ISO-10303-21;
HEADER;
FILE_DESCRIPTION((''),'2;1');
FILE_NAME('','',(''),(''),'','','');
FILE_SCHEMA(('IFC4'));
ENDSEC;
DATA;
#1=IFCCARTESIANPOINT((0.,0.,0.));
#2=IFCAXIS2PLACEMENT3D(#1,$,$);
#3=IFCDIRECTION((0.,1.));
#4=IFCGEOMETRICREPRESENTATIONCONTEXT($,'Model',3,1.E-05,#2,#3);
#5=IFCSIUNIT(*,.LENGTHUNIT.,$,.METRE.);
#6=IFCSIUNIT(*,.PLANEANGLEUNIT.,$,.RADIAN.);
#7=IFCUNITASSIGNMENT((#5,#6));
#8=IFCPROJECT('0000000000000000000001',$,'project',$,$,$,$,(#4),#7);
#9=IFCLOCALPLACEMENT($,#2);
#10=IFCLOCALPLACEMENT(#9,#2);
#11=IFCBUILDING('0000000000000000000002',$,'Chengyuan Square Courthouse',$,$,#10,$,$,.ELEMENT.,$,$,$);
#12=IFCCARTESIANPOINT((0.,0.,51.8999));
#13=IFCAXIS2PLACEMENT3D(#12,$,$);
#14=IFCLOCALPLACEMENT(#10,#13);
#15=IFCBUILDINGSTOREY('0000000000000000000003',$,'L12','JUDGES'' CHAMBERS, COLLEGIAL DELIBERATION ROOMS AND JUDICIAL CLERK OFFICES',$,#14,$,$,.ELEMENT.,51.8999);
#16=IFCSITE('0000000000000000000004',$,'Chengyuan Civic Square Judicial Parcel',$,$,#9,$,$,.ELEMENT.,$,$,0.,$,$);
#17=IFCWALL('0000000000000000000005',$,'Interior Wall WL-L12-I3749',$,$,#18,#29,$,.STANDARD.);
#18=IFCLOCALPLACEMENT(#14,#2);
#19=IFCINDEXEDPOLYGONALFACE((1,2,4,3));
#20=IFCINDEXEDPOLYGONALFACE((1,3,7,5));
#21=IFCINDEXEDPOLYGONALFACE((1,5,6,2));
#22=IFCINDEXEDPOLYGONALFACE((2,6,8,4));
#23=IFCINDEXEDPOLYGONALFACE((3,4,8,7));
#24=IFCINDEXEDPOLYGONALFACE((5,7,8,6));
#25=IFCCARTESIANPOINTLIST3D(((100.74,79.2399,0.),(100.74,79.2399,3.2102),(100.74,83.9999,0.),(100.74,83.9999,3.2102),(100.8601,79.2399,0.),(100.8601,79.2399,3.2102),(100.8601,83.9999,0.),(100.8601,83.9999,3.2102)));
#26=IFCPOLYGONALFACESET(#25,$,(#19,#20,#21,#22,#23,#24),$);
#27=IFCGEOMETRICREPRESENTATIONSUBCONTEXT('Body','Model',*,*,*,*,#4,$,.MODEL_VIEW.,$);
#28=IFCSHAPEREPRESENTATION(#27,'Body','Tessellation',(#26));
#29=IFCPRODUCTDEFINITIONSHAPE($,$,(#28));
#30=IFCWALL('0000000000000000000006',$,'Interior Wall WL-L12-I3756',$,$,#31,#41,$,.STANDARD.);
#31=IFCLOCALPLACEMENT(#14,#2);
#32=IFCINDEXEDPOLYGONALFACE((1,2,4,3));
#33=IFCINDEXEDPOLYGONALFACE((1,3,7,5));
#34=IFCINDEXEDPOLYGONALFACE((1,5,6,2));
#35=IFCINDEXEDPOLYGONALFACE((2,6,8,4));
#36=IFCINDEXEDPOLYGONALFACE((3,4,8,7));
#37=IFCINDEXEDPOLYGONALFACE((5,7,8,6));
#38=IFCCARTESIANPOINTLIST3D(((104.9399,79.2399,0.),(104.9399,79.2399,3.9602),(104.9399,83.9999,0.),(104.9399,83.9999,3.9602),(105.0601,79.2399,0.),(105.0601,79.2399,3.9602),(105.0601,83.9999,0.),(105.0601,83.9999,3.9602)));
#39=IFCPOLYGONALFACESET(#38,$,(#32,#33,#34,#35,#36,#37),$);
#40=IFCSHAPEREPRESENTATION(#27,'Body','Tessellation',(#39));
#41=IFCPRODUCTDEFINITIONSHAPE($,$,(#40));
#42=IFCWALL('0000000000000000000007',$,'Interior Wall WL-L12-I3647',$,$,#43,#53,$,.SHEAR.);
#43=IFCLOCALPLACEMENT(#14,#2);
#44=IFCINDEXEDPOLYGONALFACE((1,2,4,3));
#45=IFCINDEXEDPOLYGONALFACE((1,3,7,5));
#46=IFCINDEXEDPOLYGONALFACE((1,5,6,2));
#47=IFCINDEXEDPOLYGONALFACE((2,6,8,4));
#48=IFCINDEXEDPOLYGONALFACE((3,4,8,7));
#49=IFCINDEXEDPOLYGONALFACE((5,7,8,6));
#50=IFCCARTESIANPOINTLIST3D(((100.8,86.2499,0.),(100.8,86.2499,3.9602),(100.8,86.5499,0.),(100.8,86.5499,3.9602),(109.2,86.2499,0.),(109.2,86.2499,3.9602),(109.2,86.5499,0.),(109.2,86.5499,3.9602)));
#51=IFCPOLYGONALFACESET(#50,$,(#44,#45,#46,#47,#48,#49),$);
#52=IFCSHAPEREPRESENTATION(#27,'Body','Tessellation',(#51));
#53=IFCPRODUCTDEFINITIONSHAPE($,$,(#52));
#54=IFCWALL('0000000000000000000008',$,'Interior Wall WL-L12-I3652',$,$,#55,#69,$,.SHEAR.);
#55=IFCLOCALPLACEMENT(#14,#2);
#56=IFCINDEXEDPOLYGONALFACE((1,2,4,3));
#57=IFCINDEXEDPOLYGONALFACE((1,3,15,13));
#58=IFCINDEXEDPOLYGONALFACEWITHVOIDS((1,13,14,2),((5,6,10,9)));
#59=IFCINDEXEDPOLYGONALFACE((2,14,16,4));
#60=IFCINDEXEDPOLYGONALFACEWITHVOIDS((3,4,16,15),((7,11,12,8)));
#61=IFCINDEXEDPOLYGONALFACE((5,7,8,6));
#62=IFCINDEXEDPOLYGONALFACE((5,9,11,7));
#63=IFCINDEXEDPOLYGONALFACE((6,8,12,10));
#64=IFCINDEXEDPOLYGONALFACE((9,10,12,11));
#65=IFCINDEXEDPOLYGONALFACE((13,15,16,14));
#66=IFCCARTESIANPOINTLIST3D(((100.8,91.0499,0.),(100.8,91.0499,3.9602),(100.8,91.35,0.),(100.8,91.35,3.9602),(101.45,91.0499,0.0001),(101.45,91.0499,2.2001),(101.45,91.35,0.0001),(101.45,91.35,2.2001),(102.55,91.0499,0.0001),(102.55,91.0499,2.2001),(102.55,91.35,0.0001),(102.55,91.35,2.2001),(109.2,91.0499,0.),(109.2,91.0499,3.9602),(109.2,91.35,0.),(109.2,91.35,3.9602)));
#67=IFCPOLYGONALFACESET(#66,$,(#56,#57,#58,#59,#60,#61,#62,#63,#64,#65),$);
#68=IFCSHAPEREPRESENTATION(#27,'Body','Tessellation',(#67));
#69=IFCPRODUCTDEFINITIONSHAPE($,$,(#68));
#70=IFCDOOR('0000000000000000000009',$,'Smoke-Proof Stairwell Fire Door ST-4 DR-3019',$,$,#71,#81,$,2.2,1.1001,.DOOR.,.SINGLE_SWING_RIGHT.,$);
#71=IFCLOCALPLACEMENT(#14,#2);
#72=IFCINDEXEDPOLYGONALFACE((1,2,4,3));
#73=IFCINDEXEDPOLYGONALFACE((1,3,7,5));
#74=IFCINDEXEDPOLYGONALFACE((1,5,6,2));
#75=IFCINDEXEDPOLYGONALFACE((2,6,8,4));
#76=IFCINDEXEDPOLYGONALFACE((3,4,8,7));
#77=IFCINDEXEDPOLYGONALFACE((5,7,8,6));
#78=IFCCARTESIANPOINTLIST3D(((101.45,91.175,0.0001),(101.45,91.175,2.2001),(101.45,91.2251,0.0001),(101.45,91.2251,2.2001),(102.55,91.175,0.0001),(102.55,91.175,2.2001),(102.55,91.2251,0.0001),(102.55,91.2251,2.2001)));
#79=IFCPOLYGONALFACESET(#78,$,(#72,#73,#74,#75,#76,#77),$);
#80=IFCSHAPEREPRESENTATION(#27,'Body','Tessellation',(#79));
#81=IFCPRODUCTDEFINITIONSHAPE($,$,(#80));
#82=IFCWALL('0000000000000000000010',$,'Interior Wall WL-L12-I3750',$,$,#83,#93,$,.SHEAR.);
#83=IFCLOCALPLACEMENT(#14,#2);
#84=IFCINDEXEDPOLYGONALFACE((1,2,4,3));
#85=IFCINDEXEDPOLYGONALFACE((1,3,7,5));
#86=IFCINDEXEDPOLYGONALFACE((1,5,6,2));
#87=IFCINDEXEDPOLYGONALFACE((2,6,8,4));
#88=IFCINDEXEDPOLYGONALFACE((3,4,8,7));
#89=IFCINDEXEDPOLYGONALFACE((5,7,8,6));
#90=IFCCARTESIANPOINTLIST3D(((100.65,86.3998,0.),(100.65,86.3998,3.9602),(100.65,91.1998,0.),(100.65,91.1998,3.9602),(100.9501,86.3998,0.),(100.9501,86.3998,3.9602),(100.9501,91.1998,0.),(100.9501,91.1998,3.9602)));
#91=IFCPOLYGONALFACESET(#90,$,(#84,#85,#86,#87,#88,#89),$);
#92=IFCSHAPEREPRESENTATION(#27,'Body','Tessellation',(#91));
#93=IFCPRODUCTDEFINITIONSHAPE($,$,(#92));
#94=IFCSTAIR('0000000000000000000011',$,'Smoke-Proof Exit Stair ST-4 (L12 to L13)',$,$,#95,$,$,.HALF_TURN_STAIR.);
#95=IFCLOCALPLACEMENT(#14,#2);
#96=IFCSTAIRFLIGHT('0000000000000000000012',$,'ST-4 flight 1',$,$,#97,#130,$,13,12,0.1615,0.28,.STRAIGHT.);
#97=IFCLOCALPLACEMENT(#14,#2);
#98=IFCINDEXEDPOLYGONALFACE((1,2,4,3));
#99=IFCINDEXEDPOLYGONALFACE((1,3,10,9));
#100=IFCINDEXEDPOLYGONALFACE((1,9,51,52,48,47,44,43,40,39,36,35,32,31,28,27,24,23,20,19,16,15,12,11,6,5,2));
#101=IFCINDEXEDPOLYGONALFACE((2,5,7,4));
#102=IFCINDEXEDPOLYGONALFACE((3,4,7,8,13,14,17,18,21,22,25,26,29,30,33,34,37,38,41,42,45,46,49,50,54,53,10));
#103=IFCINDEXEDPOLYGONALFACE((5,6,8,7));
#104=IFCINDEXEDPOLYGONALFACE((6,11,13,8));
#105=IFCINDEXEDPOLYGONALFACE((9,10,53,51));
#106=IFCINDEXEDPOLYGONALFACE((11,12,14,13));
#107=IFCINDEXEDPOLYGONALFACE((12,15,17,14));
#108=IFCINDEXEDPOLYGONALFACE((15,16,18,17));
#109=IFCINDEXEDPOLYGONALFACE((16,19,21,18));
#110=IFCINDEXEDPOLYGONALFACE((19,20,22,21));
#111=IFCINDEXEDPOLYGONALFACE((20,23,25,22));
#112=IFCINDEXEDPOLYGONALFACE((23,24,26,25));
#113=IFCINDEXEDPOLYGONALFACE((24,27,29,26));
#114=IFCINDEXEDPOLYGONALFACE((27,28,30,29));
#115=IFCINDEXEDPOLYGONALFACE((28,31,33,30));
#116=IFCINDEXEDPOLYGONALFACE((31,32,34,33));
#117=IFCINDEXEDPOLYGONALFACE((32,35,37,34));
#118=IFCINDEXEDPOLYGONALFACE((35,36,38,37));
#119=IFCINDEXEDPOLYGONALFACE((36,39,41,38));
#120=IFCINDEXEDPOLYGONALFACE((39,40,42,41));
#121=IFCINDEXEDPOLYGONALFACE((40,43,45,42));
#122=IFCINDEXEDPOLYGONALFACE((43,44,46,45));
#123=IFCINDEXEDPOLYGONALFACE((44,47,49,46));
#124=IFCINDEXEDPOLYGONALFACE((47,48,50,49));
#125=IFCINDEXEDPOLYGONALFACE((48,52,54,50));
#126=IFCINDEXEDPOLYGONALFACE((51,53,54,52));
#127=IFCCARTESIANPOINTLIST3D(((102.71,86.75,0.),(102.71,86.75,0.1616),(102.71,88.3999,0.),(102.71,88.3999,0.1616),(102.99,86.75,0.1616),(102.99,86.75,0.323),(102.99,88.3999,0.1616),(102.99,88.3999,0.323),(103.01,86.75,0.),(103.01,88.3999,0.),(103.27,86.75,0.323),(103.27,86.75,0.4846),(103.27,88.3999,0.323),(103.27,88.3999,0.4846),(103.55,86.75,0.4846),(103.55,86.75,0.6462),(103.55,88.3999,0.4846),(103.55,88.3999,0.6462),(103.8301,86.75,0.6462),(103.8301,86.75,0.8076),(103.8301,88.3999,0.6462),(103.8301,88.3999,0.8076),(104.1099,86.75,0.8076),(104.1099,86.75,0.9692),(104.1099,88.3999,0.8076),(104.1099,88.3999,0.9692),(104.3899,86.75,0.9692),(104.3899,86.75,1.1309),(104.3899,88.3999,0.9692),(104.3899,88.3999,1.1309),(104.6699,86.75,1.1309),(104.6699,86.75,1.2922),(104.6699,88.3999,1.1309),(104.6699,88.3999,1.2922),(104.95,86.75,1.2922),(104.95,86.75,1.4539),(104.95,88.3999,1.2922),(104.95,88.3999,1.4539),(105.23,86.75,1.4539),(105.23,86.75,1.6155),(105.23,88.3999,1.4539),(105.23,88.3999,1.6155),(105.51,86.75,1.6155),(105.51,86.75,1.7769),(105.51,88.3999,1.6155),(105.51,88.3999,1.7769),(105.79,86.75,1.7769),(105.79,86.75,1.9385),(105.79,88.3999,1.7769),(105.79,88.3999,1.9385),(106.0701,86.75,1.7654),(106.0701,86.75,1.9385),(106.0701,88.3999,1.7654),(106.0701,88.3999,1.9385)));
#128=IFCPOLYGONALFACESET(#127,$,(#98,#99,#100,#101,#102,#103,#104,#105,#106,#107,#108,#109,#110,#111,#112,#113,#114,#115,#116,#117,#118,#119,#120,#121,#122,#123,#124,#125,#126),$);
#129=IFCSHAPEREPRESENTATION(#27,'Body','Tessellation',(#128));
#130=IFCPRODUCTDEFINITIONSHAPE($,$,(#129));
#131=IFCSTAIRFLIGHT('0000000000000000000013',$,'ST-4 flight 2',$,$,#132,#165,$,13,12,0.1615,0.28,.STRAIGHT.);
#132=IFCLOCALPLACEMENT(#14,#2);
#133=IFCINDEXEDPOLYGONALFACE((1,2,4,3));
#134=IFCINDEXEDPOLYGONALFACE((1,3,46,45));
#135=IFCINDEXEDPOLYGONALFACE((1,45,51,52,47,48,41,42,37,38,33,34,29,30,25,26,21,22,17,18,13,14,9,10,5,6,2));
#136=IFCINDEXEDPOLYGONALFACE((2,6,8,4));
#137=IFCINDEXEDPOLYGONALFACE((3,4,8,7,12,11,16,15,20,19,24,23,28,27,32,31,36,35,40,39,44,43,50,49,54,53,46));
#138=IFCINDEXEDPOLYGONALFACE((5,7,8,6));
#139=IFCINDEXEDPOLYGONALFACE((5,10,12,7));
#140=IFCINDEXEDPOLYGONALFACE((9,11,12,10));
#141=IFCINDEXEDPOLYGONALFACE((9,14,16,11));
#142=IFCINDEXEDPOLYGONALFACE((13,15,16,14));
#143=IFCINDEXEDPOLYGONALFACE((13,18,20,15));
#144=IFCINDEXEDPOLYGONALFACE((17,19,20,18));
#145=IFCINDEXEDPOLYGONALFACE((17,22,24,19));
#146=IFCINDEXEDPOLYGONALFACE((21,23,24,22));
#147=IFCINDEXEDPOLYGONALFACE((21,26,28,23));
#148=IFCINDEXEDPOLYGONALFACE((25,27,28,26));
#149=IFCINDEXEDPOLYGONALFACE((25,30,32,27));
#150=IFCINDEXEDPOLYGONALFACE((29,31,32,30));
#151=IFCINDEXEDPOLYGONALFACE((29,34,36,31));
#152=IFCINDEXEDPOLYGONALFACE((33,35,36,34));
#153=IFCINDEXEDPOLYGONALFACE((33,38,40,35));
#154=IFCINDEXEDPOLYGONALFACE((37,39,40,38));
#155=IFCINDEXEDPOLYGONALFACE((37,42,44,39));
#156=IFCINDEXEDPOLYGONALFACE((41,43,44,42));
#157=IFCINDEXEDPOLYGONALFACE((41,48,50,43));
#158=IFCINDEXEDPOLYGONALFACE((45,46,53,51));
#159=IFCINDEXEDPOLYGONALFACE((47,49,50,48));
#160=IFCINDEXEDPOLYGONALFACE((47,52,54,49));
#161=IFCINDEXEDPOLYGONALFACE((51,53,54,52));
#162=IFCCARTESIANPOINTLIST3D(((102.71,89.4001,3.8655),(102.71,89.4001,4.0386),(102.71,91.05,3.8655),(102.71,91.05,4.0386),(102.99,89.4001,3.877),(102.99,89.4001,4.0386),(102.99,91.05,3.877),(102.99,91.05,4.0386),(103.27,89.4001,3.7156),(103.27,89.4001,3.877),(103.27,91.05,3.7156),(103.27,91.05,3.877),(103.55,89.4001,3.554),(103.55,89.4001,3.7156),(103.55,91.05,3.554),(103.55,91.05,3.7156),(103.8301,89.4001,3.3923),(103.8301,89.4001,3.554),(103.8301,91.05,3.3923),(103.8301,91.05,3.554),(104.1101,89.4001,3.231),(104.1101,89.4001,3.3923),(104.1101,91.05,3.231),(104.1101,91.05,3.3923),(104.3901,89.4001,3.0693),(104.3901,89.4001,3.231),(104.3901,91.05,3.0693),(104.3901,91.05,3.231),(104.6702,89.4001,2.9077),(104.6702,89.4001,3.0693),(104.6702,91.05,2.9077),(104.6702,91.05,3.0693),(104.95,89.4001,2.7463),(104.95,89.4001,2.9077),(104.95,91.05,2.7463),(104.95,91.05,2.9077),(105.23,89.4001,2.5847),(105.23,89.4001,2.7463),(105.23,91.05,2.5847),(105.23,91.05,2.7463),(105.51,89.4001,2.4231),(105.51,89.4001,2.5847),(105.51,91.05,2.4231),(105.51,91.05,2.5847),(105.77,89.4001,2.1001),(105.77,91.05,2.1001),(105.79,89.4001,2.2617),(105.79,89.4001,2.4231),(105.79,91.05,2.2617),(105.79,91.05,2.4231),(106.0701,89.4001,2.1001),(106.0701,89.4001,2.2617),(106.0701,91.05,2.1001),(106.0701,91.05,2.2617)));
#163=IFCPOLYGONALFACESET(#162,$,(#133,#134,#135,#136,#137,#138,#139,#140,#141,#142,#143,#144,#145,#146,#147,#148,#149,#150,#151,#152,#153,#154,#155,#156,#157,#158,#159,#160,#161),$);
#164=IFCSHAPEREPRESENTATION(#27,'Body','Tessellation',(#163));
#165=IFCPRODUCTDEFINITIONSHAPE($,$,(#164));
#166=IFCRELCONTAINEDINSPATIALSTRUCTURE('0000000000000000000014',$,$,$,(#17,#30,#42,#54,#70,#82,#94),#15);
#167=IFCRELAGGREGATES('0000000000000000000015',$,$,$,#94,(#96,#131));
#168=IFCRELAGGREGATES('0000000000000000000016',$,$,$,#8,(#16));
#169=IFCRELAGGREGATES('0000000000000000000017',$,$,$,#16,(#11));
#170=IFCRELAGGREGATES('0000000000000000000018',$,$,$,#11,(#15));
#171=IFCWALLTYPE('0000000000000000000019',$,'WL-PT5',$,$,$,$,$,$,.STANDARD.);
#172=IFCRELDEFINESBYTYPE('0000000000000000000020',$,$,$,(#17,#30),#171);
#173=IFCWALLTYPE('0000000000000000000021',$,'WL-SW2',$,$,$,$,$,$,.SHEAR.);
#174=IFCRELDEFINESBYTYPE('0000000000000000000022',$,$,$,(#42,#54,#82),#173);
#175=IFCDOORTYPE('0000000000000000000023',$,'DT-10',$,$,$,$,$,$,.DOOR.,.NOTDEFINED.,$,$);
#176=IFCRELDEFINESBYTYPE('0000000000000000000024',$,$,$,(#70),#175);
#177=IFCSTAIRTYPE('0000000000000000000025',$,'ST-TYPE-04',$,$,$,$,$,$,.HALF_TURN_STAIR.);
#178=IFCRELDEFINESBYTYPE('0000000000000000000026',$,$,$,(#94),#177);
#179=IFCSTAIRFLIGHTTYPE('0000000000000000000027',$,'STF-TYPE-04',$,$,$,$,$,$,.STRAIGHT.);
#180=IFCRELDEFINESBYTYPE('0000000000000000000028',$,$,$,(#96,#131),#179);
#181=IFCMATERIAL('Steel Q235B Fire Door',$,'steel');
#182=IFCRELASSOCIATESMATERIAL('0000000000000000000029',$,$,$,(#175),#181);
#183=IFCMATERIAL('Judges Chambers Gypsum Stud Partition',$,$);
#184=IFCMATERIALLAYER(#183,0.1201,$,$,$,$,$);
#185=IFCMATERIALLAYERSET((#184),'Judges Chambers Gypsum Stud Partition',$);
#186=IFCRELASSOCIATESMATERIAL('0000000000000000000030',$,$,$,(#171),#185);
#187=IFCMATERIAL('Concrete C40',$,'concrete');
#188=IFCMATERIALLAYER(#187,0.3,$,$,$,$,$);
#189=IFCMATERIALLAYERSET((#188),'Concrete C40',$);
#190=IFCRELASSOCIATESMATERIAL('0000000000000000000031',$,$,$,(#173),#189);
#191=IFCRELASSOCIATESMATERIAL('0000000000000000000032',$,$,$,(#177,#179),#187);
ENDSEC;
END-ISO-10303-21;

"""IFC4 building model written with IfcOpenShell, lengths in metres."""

from ifc_helpers import new_model, si_unit, direction, frame, frame_2d, origin, place, context, subcontext, project, spatial, polyline, rectangle, outline, extrude, material, layer, layer_set, type_object, element, fill, aggregate, save


model = new_model("IFC4")

# Units and contexts
model_context = context("Model", 3, precision=1e-05, world=origin(), true_north=direction((0.0, 1.0)))
body_context = subcontext(model_context, "Body", "Model", "MODEL_VIEW")
ifc_project = project(units=[si_unit("LENGTHUNIT", "METRE"), si_unit("PLANEANGLEUNIT", "RADIAN")], contexts=[model_context])

# Site, building, storey
site_placement = place(None, origin())
site = spatial("IfcSite", under=ifc_project, at=site_placement, Name="Chengyuan Civic Square Judicial Parcel", CompositionType="ELEMENT", RefElevation=0.0)
building_placement = place(site_placement, origin())
building = spatial("IfcBuilding", under=site, at=building_placement, Name="Chengyuan Square Courthouse", CompositionType="ELEMENT")
storey_placement = place(building_placement, frame((0.0, 0.0, 51.8999)))
storey = spatial("IfcBuildingStorey", under=building, at=storey_placement, Name="L12", Description="JUDGES' CHAMBERS, COLLEGIAL DELIBERATION ROOMS AND JUDICIAL CLERK OFFICES", CompositionType="ELEMENT", Elevation=51.8999)

# Shared definitions
ifc_material_1 = material(Name="Concrete C40", Category="concrete")

# Shared definitions
ifc_material_2 = material(Name="Steel Q235B Fire Door", Category="steel")
door_type = type_object("IfcDoorType", Name="DT-10", OperationType="NOTDEFINED", PredefinedType="DOOR", material=ifc_material_2)

# Walls
ifc_material_3 = material(Name="Judges Chambers Gypsum Stud Partition")
ifc_layer_1 = layer(ifc_material_3, 0.1201)
ifc_layer_set_1 = layer_set([ifc_layer_1], Name="Judges Chambers Gypsum Stud Partition")
wall_type_1 = type_object("IfcWallType", Name="WL-PT5", PredefinedType="STANDARD", material=ifc_layer_set_1)
wall_1_placement = place(storey_placement, frame((100.8, 79.24, 0.0), z_axis=(0.0, 0.0, 1.0), x_axis=(0.0, 1.0, 0.0)))
element("IfcWall", 1, at=wall_1_placement, inside=storey, type_object=wall_type_1, Name="Interior Wall WL-L12-I3749", PredefinedType="STANDARD", context=body_context, shape_type="SweptSolid", body=[
    extrude(rectangle(XDim=4.76, YDim=0.1201, at=frame_2d((2.3799, 0.0))), origin(), (0.0, 0.0, 1.0), 3.2102),
])
wall_2_placement = place(storey_placement, frame((105.0, 79.24, 0.0), z_axis=(0.0, 0.0, 1.0), x_axis=(0.0, 1.0, 0.0)))
element("IfcWall", 2, at=wall_2_placement, inside=storey, type_object=wall_type_1, Name="Interior Wall WL-L12-I3756", PredefinedType="STANDARD", context=body_context, shape_type="SweptSolid", body=[
    extrude(rectangle(XDim=4.76, YDim=0.1201, at=frame_2d((2.3799, 0.0))), origin(), (0.0, 0.0, 1.0), 3.9602),
])
ifc_layer_2 = layer(ifc_material_1, 0.3)
ifc_layer_set_2 = layer_set([ifc_layer_2], Name="Concrete C40")
wall_type_2 = type_object("IfcWallType", Name="WL-SW2", PredefinedType="SHEAR", material=ifc_layer_set_2)
wall_3_placement = place(storey_placement, frame((100.8, 86.3999, 0.0), z_axis=(0.0, 0.0, 1.0), x_axis=(1.0, 0.0, 0.0)))
element("IfcWall", 3, at=wall_3_placement, inside=storey, type_object=wall_type_2, Name="Interior Wall WL-L12-I3647", PredefinedType="SHEAR", context=body_context, shape_type="SweptSolid", body=[
    extrude(rectangle(XDim=8.3999, YDim=0.3, at=frame_2d((4.2, 0.0))), origin(), (0.0, 0.0, 1.0), 3.9602),
])

# Wall, opening, door
wall_4_placement = place(storey_placement, frame((100.8, 91.2, 0.0), z_axis=(0.0, 0.0, 1.0), x_axis=(1.0, 0.0, 0.0)))
wall_4 = element("IfcWall", 4, at=wall_4_placement, inside=storey, type_object=wall_type_2, Name="Interior Wall WL-L12-I3652", PredefinedType="SHEAR", context=body_context, shape_type="SweptSolid", body=[
    extrude(rectangle(XDim=8.3999, YDim=0.3, at=frame_2d((4.2, 0.0))), origin(), (0.0, 0.0, 1.0), 3.9602),
])
opening_1_placement = place(wall_4_placement, frame((0.6499, 0.0, 0.0)))
opening_1 = element("IfcOpeningElement", 5, at=opening_1_placement, cuts=wall_4, PredefinedType="OPENING", context=body_context, shape_type="SweptSolid", body=[
    extrude(rectangle(XDim=1.1001, YDim=2.2, at=frame_2d((0.55, 1.1001))), frame((0.0, 0.1621, 0.0), z_axis=(0.0, -1.0, 0.0), x_axis=(1.0, 0.0, 0.0)), (0.0, 0.0, 1.0), 0.324),
])
door_1_placement = place(opening_1_placement, frame((1.1001, 0.0, 0.0), z_axis=(0.0, 0.0, 1.0), x_axis=(-1.0, 0.0, 0.0)))
door_1 = element("IfcDoor", 6, at=door_1_placement, inside=storey, type_object=door_type, Name="Smoke-Proof Stairwell Fire Door ST-4 DR-3019", OperationType="SINGLE_SWING_RIGHT", OverallHeight=2.2, OverallWidth=1.1001, PredefinedType="DOOR", context=body_context, shape_type="SweptSolid", body=[
    extrude(rectangle(XDim=1.1001, YDim=2.2, at=frame_2d((0.55, 1.1001))), frame((0.0, 0.0249, 0.0), z_axis=(0.0, -1.0, 0.0), x_axis=(1.0, 0.0, 0.0)), (0.0, 0.0, 1.0), 0.05),
])
fill(opening_1, door_1)

# Wall
wall_5_placement = place(storey_placement, frame((100.8, 86.3999, 0.0), z_axis=(0.0, 0.0, 1.0), x_axis=(0.0, 1.0, 0.0)))
element("IfcWall", 7, at=wall_5_placement, inside=storey, type_object=wall_type_2, Name="Interior Wall WL-L12-I3750", PredefinedType="SHEAR", context=body_context, shape_type="SweptSolid", body=[
    extrude(rectangle(XDim=4.8, YDim=0.3, at=frame_2d((2.3999, 0.0))), origin(), (0.0, 0.0, 1.0), 3.9602),
])

# Stair, stair flights
stair_type = type_object("IfcStairType", Name="ST-TYPE-04", PredefinedType="HALF_TURN_STAIR", material=ifc_material_1)
stair_placement = place(storey_placement, origin())
stair = element("IfcStair", 8, at=stair_placement, inside=storey, type_object=stair_type, Name="Smoke-Proof Exit Stair ST-4 (L12 to L13)", PredefinedType="HALF_TURN_STAIR")
stair_flight_type = type_object("IfcStairFlightType", Name="STF-TYPE-04", PredefinedType="STRAIGHT", material=ifc_material_1)
stair_flight_1_placement = place(storey_placement, frame((102.71, 87.575, 0.0), z_axis=(0.0, 0.0, 1.0), x_axis=(1.0, 0.0, 0.0)))
stair_flight_1 = element("IfcStairFlight", 9, at=stair_flight_1_placement, type_object=stair_flight_type, Name="ST-4 flight 1", NumberOfRisers=13, NumberOfTreads=12, PredefinedType="STRAIGHT", RiserHeight=0.1615, TreadLength=0.28, context=body_context, shape_type="SweptSolid", body=[
    extrude(outline(polyline([(0.0, 0.0), (0.0, 0.1616), (0.28, 0.1616), (0.28, 0.323), (0.5601, 0.323), (0.5601, 0.4846), (0.8401, 0.4846), (0.8401, 0.6462), (1.1201, 0.6462), (1.1201, 0.8076), (1.3999, 0.8076), (1.3999, 0.9692), (1.6799, 0.9692), (1.6799, 1.1309), (1.96, 1.1309), (1.96, 1.2922), (2.24, 1.2922), (2.24, 1.4539), (2.52, 1.4539), (2.52, 1.6155), (2.8, 1.6155), (2.8, 1.7769), (3.0801, 1.7769), (3.0801, 1.9385), (3.3601, 1.9385), (3.3601, 2.1001), (3.3601, 1.7654), (0.3, 0.0), (0.0, 0.0)])), frame((0.0, 0.825, 0.0), z_axis=(0.0, -1.0, 0.0), x_axis=(1.0, 0.0, 0.0)), (0.0, 0.0, 1.0), 1.6499),
])
stair_flight_2_placement = place(storey_placement, frame((106.0701, 90.2251, 2.1001), z_axis=(0.0, 0.0, 1.0), x_axis=(-1.0, 0.0, 0.0)))
stair_flight_2 = element("IfcStairFlight", 10, at=stair_flight_2_placement, type_object=stair_flight_type, Name="ST-4 flight 2", NumberOfRisers=13, NumberOfTreads=12, PredefinedType="STRAIGHT", RiserHeight=0.1615, TreadLength=0.28, context=body_context, shape_type="SweptSolid", body=[
    extrude(outline(polyline([(0.0, 0.0), (0.0, 0.1616), (0.28, 0.1616), (0.28, 0.323), (0.5601, 0.323), (0.5601, 0.4846), (0.8401, 0.4846), (0.8401, 0.6462), (1.1201, 0.6462), (1.1201, 0.8076), (1.3999, 0.8076), (1.3999, 0.9692), (1.6799, 0.9692), (1.6799, 1.1309), (1.96, 1.1309), (1.96, 1.2922), (2.24, 1.2922), (2.24, 1.4539), (2.52, 1.4539), (2.52, 1.6155), (2.8, 1.6155), (2.8, 1.7769), (3.0801, 1.7769), (3.0801, 1.9385), (3.3601, 1.9385), (3.3601, 2.1001), (3.3601, 1.7654), (0.3, 0.0), (0.0, 0.0)])), frame((0.0, 0.825, 0.0), z_axis=(0.0, -1.0, 0.0), x_axis=(1.0, 0.0, 0.0)), (0.0, 0.0, 1.0), 1.6499),
])
aggregate(stair, [stair_flight_1, stair_flight_2])

save(model, "model.ifc")
